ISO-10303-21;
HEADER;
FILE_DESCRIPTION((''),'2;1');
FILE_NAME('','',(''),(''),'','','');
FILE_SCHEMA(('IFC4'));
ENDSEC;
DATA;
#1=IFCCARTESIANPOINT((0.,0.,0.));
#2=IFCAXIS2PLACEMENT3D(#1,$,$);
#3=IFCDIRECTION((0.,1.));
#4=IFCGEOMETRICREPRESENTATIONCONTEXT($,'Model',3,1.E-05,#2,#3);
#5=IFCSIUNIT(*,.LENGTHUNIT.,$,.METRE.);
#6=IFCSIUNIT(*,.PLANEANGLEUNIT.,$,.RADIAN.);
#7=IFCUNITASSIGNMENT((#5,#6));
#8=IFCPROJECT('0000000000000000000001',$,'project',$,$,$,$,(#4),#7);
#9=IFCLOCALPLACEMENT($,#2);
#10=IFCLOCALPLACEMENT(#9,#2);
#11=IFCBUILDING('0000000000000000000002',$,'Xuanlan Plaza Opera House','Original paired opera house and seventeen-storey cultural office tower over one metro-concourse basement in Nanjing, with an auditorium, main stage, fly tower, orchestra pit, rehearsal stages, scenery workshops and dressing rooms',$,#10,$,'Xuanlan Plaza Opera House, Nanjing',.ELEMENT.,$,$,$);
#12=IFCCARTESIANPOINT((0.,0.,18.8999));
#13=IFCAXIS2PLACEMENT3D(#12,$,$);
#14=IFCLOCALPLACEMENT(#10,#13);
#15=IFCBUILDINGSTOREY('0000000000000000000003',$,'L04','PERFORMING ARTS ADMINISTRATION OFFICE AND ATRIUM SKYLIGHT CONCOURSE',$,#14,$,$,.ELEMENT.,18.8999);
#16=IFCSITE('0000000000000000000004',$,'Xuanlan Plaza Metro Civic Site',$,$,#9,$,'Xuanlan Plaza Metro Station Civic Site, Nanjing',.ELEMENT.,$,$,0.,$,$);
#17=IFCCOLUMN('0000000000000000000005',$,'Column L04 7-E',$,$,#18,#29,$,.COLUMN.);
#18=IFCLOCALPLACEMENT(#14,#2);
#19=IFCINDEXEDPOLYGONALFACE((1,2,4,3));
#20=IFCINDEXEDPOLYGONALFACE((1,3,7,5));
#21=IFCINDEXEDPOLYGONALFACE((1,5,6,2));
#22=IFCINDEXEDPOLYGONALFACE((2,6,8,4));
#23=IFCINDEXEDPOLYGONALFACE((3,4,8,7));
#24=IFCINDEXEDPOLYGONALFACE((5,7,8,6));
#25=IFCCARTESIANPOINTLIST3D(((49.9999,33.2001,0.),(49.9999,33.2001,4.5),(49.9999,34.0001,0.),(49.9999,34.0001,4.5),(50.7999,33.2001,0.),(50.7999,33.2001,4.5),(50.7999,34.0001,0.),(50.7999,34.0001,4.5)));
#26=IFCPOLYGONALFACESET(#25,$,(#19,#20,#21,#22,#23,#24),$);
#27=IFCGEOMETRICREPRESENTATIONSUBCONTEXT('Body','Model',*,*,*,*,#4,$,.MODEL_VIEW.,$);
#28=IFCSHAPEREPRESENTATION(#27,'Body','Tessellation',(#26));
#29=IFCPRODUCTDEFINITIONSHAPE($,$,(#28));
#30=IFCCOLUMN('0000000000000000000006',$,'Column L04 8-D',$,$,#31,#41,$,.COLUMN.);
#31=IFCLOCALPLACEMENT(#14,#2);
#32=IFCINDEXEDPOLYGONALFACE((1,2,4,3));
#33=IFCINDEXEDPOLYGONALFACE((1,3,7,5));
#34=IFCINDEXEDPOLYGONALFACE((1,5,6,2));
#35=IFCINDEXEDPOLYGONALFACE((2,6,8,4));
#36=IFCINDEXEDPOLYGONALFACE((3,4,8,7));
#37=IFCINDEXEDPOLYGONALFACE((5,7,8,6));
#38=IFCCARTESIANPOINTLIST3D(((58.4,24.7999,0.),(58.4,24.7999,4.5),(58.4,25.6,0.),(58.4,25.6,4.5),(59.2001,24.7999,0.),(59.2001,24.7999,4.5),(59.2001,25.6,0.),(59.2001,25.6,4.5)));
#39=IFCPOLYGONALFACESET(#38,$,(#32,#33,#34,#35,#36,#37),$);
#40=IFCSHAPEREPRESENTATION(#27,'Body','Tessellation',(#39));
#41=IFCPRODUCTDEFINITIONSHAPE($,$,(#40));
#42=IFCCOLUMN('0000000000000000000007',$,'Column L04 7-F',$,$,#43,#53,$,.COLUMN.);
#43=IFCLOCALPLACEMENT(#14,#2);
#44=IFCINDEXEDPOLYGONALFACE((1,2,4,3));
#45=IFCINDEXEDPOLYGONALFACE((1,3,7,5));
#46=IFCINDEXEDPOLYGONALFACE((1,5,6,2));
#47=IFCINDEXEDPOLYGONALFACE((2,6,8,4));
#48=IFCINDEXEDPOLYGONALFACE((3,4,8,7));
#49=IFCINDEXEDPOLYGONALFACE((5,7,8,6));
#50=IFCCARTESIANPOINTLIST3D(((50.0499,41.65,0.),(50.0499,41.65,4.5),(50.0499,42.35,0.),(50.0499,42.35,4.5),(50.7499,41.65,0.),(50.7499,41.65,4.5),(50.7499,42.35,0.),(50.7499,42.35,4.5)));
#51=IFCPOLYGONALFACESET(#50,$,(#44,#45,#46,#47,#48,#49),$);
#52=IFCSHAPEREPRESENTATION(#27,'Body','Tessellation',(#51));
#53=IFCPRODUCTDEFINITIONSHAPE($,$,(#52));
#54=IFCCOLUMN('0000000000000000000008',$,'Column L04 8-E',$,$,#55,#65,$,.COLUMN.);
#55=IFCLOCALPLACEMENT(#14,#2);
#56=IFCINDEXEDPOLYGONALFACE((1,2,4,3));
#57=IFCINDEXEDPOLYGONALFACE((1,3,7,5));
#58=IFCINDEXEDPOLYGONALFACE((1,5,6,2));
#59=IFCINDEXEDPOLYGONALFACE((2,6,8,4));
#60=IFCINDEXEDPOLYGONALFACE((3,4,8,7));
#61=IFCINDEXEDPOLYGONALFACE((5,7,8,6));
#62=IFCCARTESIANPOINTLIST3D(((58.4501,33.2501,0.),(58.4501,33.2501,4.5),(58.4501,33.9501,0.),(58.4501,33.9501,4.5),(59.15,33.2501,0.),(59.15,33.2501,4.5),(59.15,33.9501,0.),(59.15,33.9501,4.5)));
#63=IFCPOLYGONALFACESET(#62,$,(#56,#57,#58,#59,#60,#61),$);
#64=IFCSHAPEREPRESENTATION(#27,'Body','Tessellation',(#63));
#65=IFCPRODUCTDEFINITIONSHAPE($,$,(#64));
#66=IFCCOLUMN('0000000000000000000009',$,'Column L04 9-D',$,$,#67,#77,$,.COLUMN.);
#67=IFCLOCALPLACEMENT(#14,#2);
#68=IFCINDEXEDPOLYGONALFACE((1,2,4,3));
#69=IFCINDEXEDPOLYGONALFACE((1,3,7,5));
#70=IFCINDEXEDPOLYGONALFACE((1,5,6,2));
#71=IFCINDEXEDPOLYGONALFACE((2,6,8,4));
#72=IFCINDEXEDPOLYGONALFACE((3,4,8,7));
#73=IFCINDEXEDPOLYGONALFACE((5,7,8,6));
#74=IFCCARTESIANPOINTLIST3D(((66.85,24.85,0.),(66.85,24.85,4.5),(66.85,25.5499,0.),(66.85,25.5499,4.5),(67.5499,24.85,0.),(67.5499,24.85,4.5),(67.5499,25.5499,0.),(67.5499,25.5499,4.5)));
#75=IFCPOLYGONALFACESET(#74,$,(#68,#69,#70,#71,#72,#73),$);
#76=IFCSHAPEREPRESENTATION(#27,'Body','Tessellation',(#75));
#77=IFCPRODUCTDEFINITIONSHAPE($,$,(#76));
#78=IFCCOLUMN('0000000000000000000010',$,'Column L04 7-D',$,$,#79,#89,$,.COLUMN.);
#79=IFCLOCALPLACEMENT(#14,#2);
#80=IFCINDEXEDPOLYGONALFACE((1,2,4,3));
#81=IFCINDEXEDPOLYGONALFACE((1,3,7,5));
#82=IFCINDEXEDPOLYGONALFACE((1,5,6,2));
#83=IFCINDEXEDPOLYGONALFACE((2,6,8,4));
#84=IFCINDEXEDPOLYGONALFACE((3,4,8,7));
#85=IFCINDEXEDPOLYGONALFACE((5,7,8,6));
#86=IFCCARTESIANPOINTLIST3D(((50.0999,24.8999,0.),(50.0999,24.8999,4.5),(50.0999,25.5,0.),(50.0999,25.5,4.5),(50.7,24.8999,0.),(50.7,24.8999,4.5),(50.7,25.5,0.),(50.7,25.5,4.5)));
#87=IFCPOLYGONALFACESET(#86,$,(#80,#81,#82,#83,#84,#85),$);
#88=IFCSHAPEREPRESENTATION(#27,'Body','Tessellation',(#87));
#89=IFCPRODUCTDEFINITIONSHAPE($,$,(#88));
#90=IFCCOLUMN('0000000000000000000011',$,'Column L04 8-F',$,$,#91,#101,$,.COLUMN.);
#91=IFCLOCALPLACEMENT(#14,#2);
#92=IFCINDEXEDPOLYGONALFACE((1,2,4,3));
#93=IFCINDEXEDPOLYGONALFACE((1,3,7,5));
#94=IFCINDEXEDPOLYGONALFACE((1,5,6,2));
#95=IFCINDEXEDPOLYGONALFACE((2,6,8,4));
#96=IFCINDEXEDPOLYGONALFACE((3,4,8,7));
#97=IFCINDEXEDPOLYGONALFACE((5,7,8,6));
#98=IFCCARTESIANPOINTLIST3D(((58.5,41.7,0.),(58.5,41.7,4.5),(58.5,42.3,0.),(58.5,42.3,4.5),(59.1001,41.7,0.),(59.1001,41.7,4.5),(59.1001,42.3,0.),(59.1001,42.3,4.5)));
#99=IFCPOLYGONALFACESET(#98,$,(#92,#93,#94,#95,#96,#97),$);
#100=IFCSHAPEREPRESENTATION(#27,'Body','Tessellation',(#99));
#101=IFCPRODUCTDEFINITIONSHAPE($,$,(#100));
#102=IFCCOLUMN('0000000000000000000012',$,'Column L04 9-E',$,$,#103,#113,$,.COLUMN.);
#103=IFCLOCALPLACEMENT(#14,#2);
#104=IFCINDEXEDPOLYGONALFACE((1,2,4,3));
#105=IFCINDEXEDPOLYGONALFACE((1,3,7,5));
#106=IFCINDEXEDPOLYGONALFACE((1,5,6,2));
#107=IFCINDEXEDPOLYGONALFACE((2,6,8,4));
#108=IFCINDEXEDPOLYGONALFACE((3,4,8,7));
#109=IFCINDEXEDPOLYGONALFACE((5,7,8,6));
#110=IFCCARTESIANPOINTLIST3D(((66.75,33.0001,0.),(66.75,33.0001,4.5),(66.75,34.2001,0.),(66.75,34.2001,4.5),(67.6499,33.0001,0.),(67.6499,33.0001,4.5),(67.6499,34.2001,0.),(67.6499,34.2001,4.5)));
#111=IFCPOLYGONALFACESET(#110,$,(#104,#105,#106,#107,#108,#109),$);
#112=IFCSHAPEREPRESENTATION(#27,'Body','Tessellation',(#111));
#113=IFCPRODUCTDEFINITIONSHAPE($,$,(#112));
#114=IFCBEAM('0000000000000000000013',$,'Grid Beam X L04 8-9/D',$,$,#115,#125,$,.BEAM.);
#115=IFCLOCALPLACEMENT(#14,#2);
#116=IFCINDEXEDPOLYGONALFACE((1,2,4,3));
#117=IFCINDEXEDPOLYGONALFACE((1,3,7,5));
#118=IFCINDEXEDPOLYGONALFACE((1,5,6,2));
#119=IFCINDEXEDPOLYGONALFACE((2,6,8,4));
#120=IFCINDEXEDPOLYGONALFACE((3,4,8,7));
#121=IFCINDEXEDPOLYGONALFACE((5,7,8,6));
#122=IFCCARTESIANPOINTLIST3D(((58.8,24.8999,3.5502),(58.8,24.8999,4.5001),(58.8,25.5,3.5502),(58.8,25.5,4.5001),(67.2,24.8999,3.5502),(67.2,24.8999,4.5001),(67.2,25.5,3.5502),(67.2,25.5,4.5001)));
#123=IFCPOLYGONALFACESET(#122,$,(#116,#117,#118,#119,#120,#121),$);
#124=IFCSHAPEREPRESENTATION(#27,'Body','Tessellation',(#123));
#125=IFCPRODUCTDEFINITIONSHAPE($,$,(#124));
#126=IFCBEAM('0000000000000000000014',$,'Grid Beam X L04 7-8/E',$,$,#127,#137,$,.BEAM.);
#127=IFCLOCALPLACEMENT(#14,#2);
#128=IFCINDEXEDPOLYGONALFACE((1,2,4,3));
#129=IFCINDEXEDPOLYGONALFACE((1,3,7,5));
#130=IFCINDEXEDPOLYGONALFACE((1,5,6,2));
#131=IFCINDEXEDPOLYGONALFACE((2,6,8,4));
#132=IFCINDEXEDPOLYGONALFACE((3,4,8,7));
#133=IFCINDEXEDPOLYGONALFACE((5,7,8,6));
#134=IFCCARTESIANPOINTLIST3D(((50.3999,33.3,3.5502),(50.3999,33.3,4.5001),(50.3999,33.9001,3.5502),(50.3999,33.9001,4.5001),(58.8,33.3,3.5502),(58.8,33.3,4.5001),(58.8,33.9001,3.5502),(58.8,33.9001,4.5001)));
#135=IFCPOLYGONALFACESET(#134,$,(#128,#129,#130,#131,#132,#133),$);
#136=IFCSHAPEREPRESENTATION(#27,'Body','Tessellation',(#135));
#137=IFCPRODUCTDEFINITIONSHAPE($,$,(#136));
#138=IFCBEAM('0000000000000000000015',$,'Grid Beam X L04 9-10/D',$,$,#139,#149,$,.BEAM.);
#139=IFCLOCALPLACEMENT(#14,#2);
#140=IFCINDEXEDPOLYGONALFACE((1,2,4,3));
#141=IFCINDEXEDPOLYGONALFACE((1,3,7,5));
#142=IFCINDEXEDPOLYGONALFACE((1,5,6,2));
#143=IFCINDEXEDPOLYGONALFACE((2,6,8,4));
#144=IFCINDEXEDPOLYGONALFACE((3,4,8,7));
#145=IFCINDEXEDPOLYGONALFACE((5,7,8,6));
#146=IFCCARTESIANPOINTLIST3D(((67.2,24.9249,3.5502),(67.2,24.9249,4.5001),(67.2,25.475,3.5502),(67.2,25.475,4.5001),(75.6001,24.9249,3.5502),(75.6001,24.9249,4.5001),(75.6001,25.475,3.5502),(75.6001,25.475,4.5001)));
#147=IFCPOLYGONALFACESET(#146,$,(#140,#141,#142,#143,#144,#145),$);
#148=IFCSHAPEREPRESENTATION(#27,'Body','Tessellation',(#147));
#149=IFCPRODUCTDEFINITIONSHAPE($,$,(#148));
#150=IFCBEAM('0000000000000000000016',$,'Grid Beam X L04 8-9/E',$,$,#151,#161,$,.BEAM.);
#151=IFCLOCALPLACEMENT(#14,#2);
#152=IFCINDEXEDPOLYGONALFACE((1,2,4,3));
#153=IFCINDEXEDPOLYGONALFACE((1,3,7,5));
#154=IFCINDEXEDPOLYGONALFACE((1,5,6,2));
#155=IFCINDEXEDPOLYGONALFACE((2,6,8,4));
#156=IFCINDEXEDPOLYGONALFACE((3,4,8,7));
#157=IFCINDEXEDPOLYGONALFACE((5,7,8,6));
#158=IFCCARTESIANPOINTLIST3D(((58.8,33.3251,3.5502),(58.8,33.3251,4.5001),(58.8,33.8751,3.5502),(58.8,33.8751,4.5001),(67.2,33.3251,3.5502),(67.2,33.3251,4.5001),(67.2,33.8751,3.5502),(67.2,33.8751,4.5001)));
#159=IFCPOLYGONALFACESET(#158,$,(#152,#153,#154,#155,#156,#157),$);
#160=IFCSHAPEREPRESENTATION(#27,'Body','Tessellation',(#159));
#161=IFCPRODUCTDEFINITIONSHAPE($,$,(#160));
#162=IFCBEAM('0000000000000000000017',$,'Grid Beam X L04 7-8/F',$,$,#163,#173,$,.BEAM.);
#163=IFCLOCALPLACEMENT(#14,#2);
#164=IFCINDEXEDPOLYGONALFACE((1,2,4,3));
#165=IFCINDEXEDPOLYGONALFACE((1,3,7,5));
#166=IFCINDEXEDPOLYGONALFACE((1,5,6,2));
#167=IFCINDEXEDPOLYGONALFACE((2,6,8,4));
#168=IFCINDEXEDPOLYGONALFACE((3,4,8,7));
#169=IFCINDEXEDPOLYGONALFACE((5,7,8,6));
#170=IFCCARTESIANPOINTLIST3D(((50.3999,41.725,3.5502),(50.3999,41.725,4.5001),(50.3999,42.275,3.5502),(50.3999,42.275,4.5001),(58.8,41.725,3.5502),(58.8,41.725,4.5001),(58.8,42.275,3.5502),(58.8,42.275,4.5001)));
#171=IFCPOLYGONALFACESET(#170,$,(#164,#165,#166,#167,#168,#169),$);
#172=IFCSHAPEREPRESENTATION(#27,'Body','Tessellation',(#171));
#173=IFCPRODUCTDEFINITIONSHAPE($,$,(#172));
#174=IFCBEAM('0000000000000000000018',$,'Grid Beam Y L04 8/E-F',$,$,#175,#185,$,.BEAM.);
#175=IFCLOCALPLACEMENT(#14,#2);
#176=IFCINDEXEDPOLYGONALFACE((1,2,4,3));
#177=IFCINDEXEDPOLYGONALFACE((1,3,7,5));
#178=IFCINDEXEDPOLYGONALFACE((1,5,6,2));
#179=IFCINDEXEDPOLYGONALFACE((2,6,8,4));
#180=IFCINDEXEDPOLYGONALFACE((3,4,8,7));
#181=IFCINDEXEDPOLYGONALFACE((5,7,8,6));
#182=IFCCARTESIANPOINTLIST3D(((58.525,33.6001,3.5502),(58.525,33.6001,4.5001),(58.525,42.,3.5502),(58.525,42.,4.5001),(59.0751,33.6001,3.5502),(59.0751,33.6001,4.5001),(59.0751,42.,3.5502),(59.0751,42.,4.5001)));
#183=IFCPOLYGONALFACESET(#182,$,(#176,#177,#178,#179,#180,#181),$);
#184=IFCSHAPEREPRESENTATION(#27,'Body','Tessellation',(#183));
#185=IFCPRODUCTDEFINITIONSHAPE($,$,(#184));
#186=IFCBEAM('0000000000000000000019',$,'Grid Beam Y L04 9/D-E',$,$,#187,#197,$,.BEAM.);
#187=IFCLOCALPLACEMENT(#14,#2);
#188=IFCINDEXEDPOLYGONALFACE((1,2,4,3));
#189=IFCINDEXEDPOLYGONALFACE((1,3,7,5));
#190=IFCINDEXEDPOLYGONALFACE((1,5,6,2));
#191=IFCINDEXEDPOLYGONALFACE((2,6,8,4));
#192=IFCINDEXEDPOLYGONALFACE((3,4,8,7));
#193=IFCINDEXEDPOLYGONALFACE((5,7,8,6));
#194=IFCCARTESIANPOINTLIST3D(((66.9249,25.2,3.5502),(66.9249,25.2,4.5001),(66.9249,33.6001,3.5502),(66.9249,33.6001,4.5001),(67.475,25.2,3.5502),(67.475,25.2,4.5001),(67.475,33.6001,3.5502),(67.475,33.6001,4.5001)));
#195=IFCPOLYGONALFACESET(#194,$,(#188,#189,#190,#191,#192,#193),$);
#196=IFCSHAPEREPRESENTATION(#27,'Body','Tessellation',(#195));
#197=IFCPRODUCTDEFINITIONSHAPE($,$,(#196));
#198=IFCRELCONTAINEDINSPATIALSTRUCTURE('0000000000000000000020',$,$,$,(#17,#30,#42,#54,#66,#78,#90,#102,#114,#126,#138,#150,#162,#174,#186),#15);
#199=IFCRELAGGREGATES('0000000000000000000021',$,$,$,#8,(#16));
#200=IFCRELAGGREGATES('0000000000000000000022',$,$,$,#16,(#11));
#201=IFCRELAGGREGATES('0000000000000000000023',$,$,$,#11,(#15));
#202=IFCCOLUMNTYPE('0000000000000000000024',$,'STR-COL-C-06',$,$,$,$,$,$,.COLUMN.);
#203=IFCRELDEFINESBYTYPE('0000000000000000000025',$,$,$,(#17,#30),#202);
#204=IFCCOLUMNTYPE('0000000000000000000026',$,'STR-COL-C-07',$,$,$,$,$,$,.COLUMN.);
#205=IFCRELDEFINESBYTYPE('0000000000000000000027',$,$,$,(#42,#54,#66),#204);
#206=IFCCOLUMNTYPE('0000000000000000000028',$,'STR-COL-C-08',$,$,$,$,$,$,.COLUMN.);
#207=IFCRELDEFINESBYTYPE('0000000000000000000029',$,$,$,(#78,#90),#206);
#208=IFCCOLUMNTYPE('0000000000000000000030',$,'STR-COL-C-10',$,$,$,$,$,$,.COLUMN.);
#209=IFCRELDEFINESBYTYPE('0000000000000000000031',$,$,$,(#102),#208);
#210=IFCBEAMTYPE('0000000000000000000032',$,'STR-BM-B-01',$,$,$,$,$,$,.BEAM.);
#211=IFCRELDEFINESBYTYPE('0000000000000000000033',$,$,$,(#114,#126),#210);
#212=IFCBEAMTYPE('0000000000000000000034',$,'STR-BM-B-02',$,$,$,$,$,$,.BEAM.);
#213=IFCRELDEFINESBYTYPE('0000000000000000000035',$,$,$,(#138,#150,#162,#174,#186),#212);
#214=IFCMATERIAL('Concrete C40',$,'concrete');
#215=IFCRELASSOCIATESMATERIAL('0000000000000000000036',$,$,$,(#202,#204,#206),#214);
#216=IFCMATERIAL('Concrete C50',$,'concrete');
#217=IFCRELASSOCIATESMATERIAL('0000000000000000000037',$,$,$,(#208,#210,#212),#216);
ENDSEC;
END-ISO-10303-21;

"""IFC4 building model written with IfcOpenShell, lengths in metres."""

from ifc_helpers import new_model, si_unit, direction, frame, origin, origin_2d, place, context, subcontext, project, spatial, rectangle, extrude, material, material_profile, profile_set, type_object, element, save


model = new_model("IFC4")

# Units and contexts
model_context = context("Model", 3, precision=1e-05, world=origin(), true_north=direction((0.0, 1.0)))
body_context = subcontext(model_context, "Body", "Model", "MODEL_VIEW")
ifc_project = project(units=[si_unit("LENGTHUNIT", "METRE"), si_unit("PLANEANGLEUNIT", "RADIAN")], contexts=[model_context])

# Site, building, storey
site_placement = place(None, origin())
site = spatial("IfcSite", under=ifc_project, at=site_placement, Name="Xuanlan Plaza Metro Civic Site", LongName="Xuanlan Plaza Metro Station Civic Site, Nanjing", CompositionType="ELEMENT", RefElevation=0.0)
building_placement = place(site_placement, origin())
building = spatial("IfcBuilding", under=site, at=building_placement, Name="Xuanlan Plaza Opera House", Description="Original paired opera house and seventeen-storey cultural office tower over one metro-concourse basement in Nanjing, with an auditorium, main stage, fly tower, orchestra pit, rehearsal stages, scenery workshops and dressing rooms", LongName="Xuanlan Plaza Opera House, Nanjing", CompositionType="ELEMENT")
storey_placement = place(building_placement, frame((0.0, 0.0, 18.8999)))
storey = spatial("IfcBuildingStorey", under=building, at=storey_placement, Name="L04", Description="PERFORMING ARTS ADMINISTRATION OFFICE AND ATRIUM SKYLIGHT CONCOURSE", CompositionType="ELEMENT", Elevation=18.8999)

# Columns
ifc_material_1 = material(Name="Concrete C40", Category="concrete")
ifc_material_profile_1 = material_profile(ifc_material_1, rectangle(XDim=0.8, YDim=0.8, at=origin_2d()), Name="RC-COL 800x800")
ifc_profile_set_1 = profile_set([ifc_material_profile_1], Name="Concrete C40")
column_type_1 = type_object("IfcColumnType", Name="STR-COL-C-06", PredefinedType="COLUMN", material=ifc_profile_set_1)
for number, where, z_axis, x_axis, name in (
    (1, (50.3999, 33.6001, 0.0), (0.0, 0.0, 1.0), (1.0, 0.0, 0.0), "Column L04 7-E"),
    (2, (58.8, 25.2, 0.0), (0.0, 0.0, 1.0), (1.0, 0.0, 0.0), "Column L04 8-D"),
):
    element("IfcColumn", number, at=place(storey_placement, frame(where, z_axis=z_axis, x_axis=x_axis)), inside=storey, type_object=column_type_1, Name=name, PredefinedType="COLUMN", context=body_context, shape_type="SweptSolid", body=[
        extrude(rectangle(XDim=0.8, YDim=0.8, at=origin_2d()), origin(), (0.0, 0.0, 1.0), 4.5),
    ])
ifc_material_profile_2 = material_profile(ifc_material_1, rectangle(XDim=0.7, YDim=0.7, at=origin_2d()), Name="RC-COL 700x700")
ifc_profile_set_2 = profile_set([ifc_material_profile_2], Name="Concrete C40")
column_type_2 = type_object("IfcColumnType", Name="STR-COL-C-07", PredefinedType="COLUMN", material=ifc_profile_set_2)
for number, where, z_axis, x_axis, name in (
    (3, (50.3999, 42.0, 0.0), (0.0, 0.0, 1.0), (1.0, 0.0, 0.0), "Column L04 7-F"),
    (4, (58.8, 33.6001, 0.0), (0.0, 0.0, 1.0), (1.0, 0.0, 0.0), "Column L04 8-E"),
    (5, (67.2, 25.2, 0.0), (0.0, 0.0, 1.0), (1.0, 0.0, 0.0), "Column L04 9-D"),
):
    element("IfcColumn", number, at=place(storey_placement, frame(where, z_axis=z_axis, x_axis=x_axis)), inside=storey, type_object=column_type_2, Name=name, PredefinedType="COLUMN", context=body_context, shape_type="SweptSolid", body=[
        extrude(rectangle(XDim=0.7, YDim=0.7, at=origin_2d()), origin(), (0.0, 0.0, 1.0), 4.5),
    ])
ifc_material_profile_3 = material_profile(ifc_material_1, rectangle(XDim=0.6001, YDim=0.6001, at=origin_2d()), Name="RC-COL 600x600")
ifc_profile_set_3 = profile_set([ifc_material_profile_3], Name="Concrete C40")
column_type_3 = type_object("IfcColumnType", Name="STR-COL-C-08", PredefinedType="COLUMN", material=ifc_profile_set_3)
for number, where, z_axis, x_axis, name in (
    (6, (50.3999, 25.2, 0.0), (0.0, 0.0, 1.0), (1.0, 0.0, 0.0), "Column L04 7-D"),
    (7, (58.8, 42.0, 0.0), (0.0, 0.0, 1.0), (1.0, 0.0, 0.0), "Column L04 8-F"),
):
    element("IfcColumn", number, at=place(storey_placement, frame(where, z_axis=z_axis, x_axis=x_axis)), inside=storey, type_object=column_type_3, Name=name, PredefinedType="COLUMN", context=body_context, shape_type="SweptSolid", body=[
        extrude(rectangle(XDim=0.6001, YDim=0.6001, at=origin_2d()), origin(), (0.0, 0.0, 1.0), 4.5),
    ])
ifc_material_2 = material(Name="Concrete C50", Category="concrete")
ifc_material_profile_4 = material_profile(ifc_material_2, rectangle(XDim=0.8999, YDim=1.2, at=origin_2d()), Name="RC-COL 900x1200")
ifc_profile_set_4 = profile_set([ifc_material_profile_4], Name="Concrete C50")
column_type_4 = type_object("IfcColumnType", Name="STR-COL-C-10", PredefinedType="COLUMN", material=ifc_profile_set_4)
column_placement = place(storey_placement, frame((67.2, 33.6001, 0.0), z_axis=(0.0, 0.0, 1.0), x_axis=(1.0, 0.0, 0.0)))
element("IfcColumn", 8, at=column_placement, inside=storey, type_object=column_type_4, Name="Column L04 9-E", PredefinedType="COLUMN", context=body_context, shape_type="SweptSolid", body=[
    extrude(rectangle(XDim=0.8999, YDim=1.2, at=origin_2d()), origin(), (0.0, 0.0, 1.0), 4.5),
])

# Beams
ifc_material_profile_5 = material_profile(ifc_material_2, rectangle(XDim=0.6001, YDim=0.95, at=origin_2d()), Name="RC-BM 600x950")
ifc_profile_set_5 = profile_set([ifc_material_profile_5], Name="Concrete C50")
beam_type_1 = type_object("IfcBeamType", Name="STR-BM-B-01", PredefinedType="BEAM", material=ifc_profile_set_5)
beam_1_placement = place(storey_placement, frame((58.8, 25.2, 4.0251), z_axis=(1.0, 0.0, 0.0), x_axis=(0.0, 1.0, 0.0)))
element("IfcBeam", 9, at=beam_1_placement, inside=storey, type_object=beam_type_1, Name="Grid Beam X L04 8-9/D", PredefinedType="BEAM", context=body_context, shape_type="SweptSolid", body=[
    extrude(rectangle(XDim=0.6001, YDim=0.95, at=origin_2d()), origin(), (0.0, 0.0, 1.0), 8.3999),
])
beam_2_placement = place(storey_placement, frame((50.3999, 33.6001, 4.0251), z_axis=(1.0, 0.0, 0.0), x_axis=(0.0, 1.0, 0.0)))
element("IfcBeam", 10, at=beam_2_placement, inside=storey, type_object=beam_type_1, Name="Grid Beam X L04 7-8/E", PredefinedType="BEAM", context=body_context, shape_type="SweptSolid", body=[
    extrude(rectangle(XDim=0.6001, YDim=0.95, at=origin_2d()), origin(), (0.0, 0.0, 1.0), 8.4001),
])
ifc_material_profile_6 = material_profile(ifc_material_2, rectangle(XDim=0.55, YDim=0.95, at=origin_2d()), Name="RC-BM 550x950")
ifc_profile_set_6 = profile_set([ifc_material_profile_6], Name="Concrete C50")
beam_type_2 = type_object("IfcBeamType", Name="STR-BM-B-02", PredefinedType="BEAM", material=ifc_profile_set_6)
beam_3_placement = place(storey_placement, frame((67.2, 25.2, 4.0251), z_axis=(1.0, 0.0, 0.0), x_axis=(0.0, 1.0, 0.0)))
element("IfcBeam", 11, at=beam_3_placement, inside=storey, type_object=beam_type_2, Name="Grid Beam X L04 9-10/D", PredefinedType="BEAM", context=body_context, shape_type="SweptSolid", body=[
    extrude(rectangle(XDim=0.55, YDim=0.95, at=origin_2d()), origin(), (0.0, 0.0, 1.0), 8.4001),
])
beam_4_placement = place(storey_placement, frame((58.8, 33.6001, 4.0251), z_axis=(1.0, 0.0, 0.0), x_axis=(0.0, 1.0, 0.0)))
element("IfcBeam", 12, at=beam_4_placement, inside=storey, type_object=beam_type_2, Name="Grid Beam X L04 8-9/E", PredefinedType="BEAM", context=body_context, shape_type="SweptSolid", body=[
    extrude(rectangle(XDim=0.55, YDim=0.95, at=origin_2d()), origin(), (0.0, 0.0, 1.0), 8.3999),
])
beam_5_placement = place(storey_placement, frame((50.3999, 42.0, 4.0251), z_axis=(1.0, 0.0, 0.0), x_axis=(0.0, 1.0, 0.0)))
element("IfcBeam", 13, at=beam_5_placement, inside=storey, type_object=beam_type_2, Name="Grid Beam X L04 7-8/F", PredefinedType="BEAM", context=body_context, shape_type="SweptSolid", body=[
    extrude(rectangle(XDim=0.55, YDim=0.95, at=origin_2d()), origin(), (0.0, 0.0, 1.0), 8.4001),
])
beam_6_placement = place(storey_placement, frame((58.8, 33.6001, 4.0251), z_axis=(0.0, 1.0, 0.0), x_axis=(-1.0, 0.0, 0.0)))
element("IfcBeam", 14, at=beam_6_placement, inside=storey, type_object=beam_type_2, Name="Grid Beam Y L04 8/E-F", PredefinedType="BEAM", context=body_context, shape_type="SweptSolid", body=[
    extrude(rectangle(XDim=0.55, YDim=0.95, at=origin_2d()), origin(), (0.0, 0.0, 1.0), 8.3999),
])
beam_7_placement = place(storey_placement, frame((67.2, 25.2, 4.0251), z_axis=(0.0, 1.0, 0.0), x_axis=(-1.0, 0.0, 0.0)))
element("IfcBeam", 15, at=beam_7_placement, inside=storey, type_object=beam_type_2, Name="Grid Beam Y L04 9/D-E", PredefinedType="BEAM", context=body_context, shape_type="SweptSolid", body=[
    extrude(rectangle(XDim=0.55, YDim=0.95, at=origin_2d()), origin(), (0.0, 0.0, 1.0), 8.4001),
])

save(model, "model.ifc")
